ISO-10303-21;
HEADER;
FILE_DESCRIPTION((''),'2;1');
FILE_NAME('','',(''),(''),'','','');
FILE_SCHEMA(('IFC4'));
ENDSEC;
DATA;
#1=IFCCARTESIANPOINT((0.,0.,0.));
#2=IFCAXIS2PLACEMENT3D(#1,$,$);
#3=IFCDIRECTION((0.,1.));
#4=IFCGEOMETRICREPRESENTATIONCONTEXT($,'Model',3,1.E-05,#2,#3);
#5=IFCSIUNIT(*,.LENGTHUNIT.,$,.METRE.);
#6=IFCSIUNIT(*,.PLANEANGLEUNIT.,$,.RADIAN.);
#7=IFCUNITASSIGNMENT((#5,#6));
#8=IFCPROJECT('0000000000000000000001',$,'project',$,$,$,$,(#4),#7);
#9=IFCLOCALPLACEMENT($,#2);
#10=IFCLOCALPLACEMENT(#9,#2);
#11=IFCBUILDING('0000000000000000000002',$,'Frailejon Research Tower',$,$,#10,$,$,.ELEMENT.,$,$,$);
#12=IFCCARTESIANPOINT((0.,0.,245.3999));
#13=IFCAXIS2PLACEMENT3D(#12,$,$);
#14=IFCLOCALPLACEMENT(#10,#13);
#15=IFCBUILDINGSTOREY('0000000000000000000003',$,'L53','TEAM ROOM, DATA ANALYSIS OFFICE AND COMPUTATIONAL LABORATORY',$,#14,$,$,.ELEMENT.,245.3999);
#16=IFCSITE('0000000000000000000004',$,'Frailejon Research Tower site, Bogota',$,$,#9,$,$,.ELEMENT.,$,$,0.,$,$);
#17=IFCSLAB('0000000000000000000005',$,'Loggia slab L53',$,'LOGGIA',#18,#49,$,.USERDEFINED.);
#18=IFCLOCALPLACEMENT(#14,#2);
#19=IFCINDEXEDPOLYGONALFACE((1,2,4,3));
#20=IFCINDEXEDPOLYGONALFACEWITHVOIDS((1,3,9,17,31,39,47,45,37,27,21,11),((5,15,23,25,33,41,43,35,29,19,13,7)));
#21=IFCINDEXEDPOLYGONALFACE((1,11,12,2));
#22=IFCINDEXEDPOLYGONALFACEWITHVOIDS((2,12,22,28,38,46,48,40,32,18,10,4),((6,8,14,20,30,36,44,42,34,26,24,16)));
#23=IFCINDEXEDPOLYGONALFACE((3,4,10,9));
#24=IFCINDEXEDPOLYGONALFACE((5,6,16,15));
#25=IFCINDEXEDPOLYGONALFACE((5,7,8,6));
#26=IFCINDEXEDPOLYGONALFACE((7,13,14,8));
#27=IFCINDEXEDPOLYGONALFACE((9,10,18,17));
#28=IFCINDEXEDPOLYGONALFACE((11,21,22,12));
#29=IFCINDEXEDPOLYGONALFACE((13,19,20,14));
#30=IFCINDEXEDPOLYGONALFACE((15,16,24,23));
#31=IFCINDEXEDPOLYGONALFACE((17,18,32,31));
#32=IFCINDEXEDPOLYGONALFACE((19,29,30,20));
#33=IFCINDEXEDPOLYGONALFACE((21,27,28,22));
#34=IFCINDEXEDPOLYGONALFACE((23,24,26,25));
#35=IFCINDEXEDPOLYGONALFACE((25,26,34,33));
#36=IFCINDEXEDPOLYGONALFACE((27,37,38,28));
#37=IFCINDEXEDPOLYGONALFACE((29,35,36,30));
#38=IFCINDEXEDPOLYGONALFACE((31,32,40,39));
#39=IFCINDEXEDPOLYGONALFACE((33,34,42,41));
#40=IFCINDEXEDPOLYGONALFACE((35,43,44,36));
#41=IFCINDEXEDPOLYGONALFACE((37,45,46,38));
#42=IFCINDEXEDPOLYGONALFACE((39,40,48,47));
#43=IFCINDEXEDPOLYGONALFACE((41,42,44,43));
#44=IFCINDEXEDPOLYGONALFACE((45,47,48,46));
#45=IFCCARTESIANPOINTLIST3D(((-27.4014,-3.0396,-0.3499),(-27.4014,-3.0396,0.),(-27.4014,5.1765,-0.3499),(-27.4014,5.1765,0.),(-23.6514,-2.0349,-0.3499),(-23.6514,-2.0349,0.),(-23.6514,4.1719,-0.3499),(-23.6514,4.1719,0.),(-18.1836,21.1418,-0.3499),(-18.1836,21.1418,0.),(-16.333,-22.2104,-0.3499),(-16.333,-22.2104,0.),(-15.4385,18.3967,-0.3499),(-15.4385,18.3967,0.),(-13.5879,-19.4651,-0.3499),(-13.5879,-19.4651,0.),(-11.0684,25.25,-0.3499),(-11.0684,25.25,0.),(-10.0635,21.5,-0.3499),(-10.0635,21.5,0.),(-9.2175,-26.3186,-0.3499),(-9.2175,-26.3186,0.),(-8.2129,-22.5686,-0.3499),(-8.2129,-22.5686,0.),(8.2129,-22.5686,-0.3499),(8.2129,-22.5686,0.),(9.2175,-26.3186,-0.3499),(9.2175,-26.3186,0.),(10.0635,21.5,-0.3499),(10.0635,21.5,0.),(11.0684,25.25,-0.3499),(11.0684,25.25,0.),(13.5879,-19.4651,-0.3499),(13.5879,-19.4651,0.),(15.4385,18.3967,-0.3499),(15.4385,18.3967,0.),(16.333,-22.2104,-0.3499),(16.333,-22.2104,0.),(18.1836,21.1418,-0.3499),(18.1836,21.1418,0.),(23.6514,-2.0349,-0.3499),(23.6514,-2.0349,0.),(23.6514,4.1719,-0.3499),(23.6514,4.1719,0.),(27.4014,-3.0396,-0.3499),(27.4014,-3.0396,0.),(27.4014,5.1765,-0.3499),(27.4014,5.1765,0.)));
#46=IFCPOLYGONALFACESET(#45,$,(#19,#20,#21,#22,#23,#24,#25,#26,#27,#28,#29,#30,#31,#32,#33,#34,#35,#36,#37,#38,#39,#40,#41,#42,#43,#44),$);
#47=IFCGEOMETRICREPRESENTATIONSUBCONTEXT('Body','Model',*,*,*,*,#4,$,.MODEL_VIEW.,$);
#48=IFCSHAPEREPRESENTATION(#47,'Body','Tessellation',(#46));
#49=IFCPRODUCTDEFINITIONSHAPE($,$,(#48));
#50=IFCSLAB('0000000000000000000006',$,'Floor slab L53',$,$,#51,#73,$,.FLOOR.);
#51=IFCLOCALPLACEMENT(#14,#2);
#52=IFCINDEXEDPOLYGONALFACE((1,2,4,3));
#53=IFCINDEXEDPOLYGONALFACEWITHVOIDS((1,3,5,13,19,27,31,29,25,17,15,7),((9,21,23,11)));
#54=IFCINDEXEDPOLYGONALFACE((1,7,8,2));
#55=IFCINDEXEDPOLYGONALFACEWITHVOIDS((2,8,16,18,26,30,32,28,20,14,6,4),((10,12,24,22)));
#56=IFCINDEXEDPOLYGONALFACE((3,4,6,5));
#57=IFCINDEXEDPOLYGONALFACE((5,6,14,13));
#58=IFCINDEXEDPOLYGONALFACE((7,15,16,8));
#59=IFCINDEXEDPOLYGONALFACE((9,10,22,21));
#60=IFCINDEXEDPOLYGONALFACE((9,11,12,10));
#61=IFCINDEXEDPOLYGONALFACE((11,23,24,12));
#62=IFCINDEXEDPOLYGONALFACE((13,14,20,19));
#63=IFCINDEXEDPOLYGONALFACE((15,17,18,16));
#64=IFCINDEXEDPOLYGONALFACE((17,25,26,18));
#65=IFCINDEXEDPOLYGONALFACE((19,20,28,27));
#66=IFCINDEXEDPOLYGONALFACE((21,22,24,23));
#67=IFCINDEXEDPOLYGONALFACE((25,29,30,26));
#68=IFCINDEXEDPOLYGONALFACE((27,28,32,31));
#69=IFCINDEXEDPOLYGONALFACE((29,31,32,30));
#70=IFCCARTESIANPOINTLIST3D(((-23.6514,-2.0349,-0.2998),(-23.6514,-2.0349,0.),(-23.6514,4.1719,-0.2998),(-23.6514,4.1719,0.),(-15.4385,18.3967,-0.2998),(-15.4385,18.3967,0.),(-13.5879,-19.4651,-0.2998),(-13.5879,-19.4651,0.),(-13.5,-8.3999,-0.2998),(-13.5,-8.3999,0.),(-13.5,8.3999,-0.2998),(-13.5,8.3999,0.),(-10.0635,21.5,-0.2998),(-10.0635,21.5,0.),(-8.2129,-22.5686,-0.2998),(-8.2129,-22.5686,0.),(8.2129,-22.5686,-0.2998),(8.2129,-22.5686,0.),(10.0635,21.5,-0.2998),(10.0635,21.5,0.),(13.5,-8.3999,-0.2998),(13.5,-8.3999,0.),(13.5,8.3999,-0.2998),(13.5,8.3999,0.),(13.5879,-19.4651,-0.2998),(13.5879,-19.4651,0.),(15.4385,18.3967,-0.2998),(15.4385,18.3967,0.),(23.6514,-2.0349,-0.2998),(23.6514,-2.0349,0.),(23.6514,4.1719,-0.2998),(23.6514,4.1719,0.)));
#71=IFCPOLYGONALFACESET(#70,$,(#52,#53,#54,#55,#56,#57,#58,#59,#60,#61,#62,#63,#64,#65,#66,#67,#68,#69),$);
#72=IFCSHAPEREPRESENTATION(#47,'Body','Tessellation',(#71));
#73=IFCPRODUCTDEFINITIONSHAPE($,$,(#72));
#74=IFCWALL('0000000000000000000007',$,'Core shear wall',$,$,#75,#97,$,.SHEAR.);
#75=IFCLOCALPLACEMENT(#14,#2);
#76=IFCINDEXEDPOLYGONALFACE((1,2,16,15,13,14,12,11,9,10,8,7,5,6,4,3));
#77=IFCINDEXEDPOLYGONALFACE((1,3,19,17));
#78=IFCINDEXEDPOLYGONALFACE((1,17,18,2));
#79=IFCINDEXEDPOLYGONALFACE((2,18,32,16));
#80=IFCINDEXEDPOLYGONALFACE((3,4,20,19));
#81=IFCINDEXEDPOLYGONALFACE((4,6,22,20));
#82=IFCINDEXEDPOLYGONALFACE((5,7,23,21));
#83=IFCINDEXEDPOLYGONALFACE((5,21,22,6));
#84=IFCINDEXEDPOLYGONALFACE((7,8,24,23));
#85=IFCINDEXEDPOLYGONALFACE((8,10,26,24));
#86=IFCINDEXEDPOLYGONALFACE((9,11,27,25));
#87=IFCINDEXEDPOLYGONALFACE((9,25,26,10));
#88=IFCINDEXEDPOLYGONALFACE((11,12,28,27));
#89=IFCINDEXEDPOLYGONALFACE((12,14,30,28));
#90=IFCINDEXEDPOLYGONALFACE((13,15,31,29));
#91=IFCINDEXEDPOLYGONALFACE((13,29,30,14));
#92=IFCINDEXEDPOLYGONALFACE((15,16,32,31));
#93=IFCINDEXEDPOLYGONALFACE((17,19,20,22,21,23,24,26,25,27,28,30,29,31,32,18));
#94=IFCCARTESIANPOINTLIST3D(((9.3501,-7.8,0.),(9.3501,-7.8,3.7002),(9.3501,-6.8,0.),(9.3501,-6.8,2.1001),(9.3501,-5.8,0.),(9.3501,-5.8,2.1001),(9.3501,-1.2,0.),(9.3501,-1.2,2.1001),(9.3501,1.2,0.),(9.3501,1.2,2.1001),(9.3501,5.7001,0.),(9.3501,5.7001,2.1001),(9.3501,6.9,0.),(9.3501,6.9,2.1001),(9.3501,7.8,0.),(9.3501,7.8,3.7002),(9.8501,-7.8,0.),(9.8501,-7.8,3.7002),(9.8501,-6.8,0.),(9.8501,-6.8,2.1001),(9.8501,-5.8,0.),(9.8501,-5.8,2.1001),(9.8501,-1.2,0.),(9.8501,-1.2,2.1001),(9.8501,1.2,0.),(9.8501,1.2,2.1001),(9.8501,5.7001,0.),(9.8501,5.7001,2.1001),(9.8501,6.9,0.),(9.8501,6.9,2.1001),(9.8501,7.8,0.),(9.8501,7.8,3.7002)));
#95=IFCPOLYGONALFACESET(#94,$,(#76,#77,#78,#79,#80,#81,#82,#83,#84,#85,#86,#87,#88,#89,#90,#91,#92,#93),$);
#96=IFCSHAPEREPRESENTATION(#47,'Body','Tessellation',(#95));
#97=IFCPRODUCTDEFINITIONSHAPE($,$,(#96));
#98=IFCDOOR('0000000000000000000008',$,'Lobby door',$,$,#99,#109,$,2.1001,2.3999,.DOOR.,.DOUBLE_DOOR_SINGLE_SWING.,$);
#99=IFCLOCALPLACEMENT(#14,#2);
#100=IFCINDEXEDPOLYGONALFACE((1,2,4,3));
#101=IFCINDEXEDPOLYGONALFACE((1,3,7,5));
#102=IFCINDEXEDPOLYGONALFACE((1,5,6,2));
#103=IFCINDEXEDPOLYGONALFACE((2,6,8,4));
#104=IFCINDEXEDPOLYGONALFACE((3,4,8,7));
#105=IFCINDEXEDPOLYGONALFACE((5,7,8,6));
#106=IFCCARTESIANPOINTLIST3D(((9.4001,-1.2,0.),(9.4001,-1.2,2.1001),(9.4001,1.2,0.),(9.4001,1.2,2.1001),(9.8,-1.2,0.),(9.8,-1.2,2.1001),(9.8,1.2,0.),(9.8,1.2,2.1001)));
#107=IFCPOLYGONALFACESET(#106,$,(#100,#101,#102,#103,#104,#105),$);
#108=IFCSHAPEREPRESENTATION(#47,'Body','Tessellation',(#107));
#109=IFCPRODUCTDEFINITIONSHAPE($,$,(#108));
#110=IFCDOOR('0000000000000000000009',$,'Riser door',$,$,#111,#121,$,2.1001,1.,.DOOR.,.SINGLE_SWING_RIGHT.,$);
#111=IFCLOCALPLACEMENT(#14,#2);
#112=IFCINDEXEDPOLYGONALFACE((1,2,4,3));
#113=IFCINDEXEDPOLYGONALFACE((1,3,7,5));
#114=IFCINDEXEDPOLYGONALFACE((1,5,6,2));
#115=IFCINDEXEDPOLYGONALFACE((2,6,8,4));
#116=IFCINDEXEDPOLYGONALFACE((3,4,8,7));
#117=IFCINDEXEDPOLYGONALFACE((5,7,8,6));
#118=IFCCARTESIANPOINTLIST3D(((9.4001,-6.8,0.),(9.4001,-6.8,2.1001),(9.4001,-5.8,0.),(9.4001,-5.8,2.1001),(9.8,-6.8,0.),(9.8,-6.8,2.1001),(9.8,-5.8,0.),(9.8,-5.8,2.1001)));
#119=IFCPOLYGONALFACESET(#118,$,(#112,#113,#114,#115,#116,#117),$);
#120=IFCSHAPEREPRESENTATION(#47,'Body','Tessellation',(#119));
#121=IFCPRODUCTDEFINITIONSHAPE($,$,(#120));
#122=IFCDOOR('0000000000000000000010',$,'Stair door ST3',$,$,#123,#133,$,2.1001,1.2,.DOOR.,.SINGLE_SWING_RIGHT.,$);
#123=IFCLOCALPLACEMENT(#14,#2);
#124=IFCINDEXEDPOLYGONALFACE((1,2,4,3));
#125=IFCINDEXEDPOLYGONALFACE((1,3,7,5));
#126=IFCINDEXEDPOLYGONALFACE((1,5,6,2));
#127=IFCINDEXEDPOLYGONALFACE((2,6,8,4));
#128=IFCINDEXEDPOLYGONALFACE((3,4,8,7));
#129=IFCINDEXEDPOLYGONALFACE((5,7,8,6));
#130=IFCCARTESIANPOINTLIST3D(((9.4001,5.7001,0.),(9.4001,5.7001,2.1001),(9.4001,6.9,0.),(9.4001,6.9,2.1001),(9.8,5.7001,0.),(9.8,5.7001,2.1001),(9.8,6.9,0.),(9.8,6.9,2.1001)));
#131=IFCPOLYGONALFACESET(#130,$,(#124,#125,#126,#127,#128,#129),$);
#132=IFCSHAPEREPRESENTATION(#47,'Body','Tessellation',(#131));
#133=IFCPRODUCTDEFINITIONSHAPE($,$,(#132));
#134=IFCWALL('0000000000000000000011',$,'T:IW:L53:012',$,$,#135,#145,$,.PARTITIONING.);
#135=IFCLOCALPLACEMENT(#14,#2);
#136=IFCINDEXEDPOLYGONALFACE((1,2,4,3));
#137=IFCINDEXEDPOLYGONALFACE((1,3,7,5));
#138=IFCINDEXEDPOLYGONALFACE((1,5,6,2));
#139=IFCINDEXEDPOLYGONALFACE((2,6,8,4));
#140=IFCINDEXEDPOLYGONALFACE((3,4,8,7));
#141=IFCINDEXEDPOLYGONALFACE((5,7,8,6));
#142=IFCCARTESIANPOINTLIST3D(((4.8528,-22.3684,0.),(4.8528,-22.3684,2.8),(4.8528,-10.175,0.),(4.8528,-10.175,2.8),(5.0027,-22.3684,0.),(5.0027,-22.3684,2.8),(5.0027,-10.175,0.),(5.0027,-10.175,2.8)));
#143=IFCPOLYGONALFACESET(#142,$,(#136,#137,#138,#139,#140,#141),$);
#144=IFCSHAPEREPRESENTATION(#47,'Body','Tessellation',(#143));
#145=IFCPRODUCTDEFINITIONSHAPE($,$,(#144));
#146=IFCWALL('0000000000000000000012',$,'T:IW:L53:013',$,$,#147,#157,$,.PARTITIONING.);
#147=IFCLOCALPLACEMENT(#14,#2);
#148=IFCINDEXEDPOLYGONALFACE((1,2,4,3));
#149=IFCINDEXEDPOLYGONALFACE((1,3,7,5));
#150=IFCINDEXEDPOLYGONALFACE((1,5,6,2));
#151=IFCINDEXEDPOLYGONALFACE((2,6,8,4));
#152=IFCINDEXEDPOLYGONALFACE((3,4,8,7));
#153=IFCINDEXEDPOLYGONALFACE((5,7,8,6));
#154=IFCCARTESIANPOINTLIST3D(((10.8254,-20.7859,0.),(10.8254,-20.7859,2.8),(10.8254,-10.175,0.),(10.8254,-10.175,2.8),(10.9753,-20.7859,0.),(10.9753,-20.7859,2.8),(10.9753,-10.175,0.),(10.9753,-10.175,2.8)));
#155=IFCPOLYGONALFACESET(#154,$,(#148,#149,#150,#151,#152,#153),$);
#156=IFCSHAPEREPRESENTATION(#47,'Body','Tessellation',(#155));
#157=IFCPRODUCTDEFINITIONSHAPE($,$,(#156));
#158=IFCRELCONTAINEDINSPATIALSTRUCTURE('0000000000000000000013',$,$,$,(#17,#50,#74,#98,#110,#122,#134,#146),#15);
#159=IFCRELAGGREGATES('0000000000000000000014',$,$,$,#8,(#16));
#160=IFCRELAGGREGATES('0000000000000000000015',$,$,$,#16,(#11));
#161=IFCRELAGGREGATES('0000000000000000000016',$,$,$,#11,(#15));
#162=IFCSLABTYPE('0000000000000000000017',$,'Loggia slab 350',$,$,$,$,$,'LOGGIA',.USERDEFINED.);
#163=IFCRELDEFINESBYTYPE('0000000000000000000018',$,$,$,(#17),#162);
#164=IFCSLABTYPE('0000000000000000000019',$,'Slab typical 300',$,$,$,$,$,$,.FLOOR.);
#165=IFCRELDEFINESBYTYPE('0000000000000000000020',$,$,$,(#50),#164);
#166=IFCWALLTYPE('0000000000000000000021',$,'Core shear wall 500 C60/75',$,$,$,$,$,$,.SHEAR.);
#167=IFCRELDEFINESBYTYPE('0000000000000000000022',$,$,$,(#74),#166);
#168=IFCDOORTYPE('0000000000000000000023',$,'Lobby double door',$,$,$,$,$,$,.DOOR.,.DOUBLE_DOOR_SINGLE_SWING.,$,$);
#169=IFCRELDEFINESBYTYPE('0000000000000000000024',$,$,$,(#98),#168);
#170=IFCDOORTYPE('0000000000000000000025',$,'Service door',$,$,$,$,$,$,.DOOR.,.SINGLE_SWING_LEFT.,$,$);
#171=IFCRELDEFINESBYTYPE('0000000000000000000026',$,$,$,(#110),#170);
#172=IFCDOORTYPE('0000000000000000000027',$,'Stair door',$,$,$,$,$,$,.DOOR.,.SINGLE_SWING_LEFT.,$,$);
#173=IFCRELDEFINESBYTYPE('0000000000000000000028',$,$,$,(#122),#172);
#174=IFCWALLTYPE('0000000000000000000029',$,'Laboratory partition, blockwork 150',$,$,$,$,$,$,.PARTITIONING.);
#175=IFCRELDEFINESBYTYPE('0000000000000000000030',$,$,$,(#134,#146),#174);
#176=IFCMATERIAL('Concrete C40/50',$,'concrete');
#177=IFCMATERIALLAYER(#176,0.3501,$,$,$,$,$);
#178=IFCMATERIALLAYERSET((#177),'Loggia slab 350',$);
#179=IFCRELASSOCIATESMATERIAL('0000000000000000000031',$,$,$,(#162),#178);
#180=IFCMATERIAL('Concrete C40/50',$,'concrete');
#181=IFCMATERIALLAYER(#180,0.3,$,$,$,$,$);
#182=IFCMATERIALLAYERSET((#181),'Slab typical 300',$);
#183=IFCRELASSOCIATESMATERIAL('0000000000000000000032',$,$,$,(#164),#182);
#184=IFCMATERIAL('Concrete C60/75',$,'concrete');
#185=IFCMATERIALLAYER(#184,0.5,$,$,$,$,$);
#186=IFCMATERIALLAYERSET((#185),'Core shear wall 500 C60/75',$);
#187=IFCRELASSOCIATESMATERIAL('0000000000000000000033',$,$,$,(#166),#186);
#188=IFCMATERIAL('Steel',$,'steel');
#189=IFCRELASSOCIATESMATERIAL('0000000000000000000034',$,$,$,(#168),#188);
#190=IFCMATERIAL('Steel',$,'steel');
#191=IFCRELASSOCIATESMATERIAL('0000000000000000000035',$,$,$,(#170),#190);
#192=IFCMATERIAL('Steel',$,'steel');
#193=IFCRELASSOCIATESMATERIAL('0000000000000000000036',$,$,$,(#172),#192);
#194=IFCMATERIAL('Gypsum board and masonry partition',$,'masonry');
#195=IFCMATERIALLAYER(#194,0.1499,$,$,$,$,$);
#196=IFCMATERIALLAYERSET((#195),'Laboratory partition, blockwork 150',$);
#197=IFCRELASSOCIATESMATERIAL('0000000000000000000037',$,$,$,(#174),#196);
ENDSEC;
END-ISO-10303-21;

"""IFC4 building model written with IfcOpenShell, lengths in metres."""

from ifc_helpers import new_model, si_unit, direction, frame, frame_2d, origin, place, context, subcontext, project, spatial, polyline, rectangle, outline, extrude, material, layer, layer_set, type_object, element, fill, save


model = new_model("IFC4")

# Units and contexts
model_context = context("Model", 3, precision=1e-05, world=origin(), true_north=direction((0.0, 1.0)))
body_context = subcontext(model_context, "Body", "Model", "MODEL_VIEW")
ifc_project = project(units=[si_unit("LENGTHUNIT", "METRE"), si_unit("PLANEANGLEUNIT", "RADIAN")], contexts=[model_context])

# Site, building, storey
site_placement = place(None, origin())
site = spatial("IfcSite", under=ifc_project, at=site_placement, Name="Frailejon Research Tower site, Bogota", CompositionType="ELEMENT", RefElevation=0.0)
building_placement = place(site_placement, origin())
building = spatial("IfcBuilding", under=site, at=building_placement, Name="Frailejon Research Tower", CompositionType="ELEMENT")
storey_placement = place(building_placement, frame((0.0, 0.0, 245.3999)))
storey = spatial("IfcBuildingStorey", under=building, at=storey_placement, Name="L53", Description="TEAM ROOM, DATA ANALYSIS OFFICE AND COMPUTATIONAL LABORATORY", CompositionType="ELEMENT", Elevation=245.3999)

# Slabs
ifc_material_1 = material(Name="Concrete C40/50", Category="concrete")
ifc_layer_1 = layer(ifc_material_1, 0.3501)
ifc_layer_set_1 = layer_set([ifc_layer_1], Name="Loggia slab 350")
slab_type_1 = type_object("IfcSlabType", Name="Loggia slab 350", ElementType="LOGGIA", PredefinedType="USERDEFINED", material=ifc_layer_set_1)
slab_1_placement = place(storey_placement, frame((0.0, 0.0, -0.3499)))
element("IfcSlab", 1, at=slab_1_placement, inside=storey, type_object=slab_type_1, Name="Loggia slab L53", ObjectType="LOGGIA", PredefinedType="USERDEFINED", context=body_context, shape_type="SweptSolid", body=[
    extrude(outline(polyline([(16.333, -22.2104), (9.2175, -26.3186), (-9.2175, -26.3186), (-16.333, -22.2104), (-27.4014, -3.0396), (-27.4014, 5.1765), (-18.1836, 21.1418), (-11.0684, 25.25), (11.0684, 25.25), (18.1836, 21.1418), (27.4014, 5.1765), (27.4014, -3.0396), (16.333, -22.2104)]), holes=[polyline([(23.6514, 4.1719), (15.4385, 18.3967), (10.0635, 21.5), (-10.0635, 21.5), (-15.4385, 18.3967), (-23.6514, 4.1719), (-23.6514, -2.0349), (-13.5879, -19.4651), (-8.2129, -22.5686), (8.2129, -22.5686), (13.5879, -19.4651), (23.6514, -2.0349), (23.6514, 4.1719)])]), origin(), (0.0, 0.0, 1.0), 0.3499),
])
ifc_material_2 = material(Name="Concrete C40/50", Category="concrete")
ifc_layer_2 = layer(ifc_material_2, 0.3)
ifc_layer_set_2 = layer_set([ifc_layer_2], Name="Slab typical 300")
slab_type_2 = type_object("IfcSlabType", Name="Slab typical 300", PredefinedType="FLOOR", material=ifc_layer_set_2)
slab_2_placement = place(storey_placement, frame((0.0, 0.0, -0.2998)))
element("IfcSlab", 2, at=slab_2_placement, inside=storey, type_object=slab_type_2, Name="Floor slab L53", PredefinedType="FLOOR", context=body_context, shape_type="SweptSolid", body=[
    extrude(outline(polyline([(23.6514, -2.0349), (23.6514, 4.1719), (15.4385, 18.3967), (10.0635, 21.5), (-10.0635, 21.5), (-15.4385, 18.3967), (-23.6514, 4.1719), (-23.6514, -2.0349), (-13.5879, -19.4651), (-8.2129, -22.5686), (8.2129, -22.5686), (13.5879, -19.4651), (23.6514, -2.0349)]), holes=[polyline([(13.5, -8.3999), (-13.5, -8.3999), (-13.5, 8.3999), (13.5, 8.3999), (13.5, -8.3999)])]), origin(), (0.0, 0.0, 1.0), 0.2998),
])

# Wall, openings, doors
ifc_material_3 = material(Name="Concrete C60/75", Category="concrete")
ifc_layer_3 = layer(ifc_material_3, 0.5)
ifc_layer_set_3 = layer_set([ifc_layer_3], Name="Core shear wall 500 C60/75")
wall_type_1 = type_object("IfcWallType", Name="Core shear wall 500 C60/75", PredefinedType="SHEAR", material=ifc_layer_set_3)
wall_1_placement = place(storey_placement, frame((9.6001, -7.8, 0.0), z_axis=(0.0, 0.0, 1.0), x_axis=(0.0, 1.0, 0.0)))
wall_1 = element("IfcWall", 3, at=wall_1_placement, inside=storey, type_object=wall_type_1, Name="Core shear wall", PredefinedType="SHEAR", context=body_context, shape_type="SweptSolid", body=[
    extrude(rectangle(XDim=15.6001, YDim=0.5, at=frame_2d((7.8, 0.0))), origin(), (0.0, 0.0, 1.0), 3.7002),
])
opening_1_placement = place(wall_1_placement, frame((6.6001, 0.0, 0.0)))
opening_1 = element("IfcOpeningElement", 4, at=opening_1_placement, cuts=wall_1, PredefinedType="OPENING", context=body_context, shape_type="SweptSolid", body=[
    extrude(rectangle(XDim=2.3999, YDim=2.1001, at=frame_2d((1.2, 1.05))), frame((0.0, 0.26, 0.0), z_axis=(0.0, -1.0, 0.0), x_axis=(1.0, 0.0, 0.0)), (0.0, 0.0, 1.0), 0.52),
])
opening_2_placement = place(wall_1_placement, frame((13.5, 0.0, 0.0)))
opening_2 = element("IfcOpeningElement", 5, at=opening_2_placement, cuts=wall_1, PredefinedType="OPENING", context=body_context, shape_type="SweptSolid", body=[
    extrude(rectangle(XDim=1.2, YDim=2.1001, at=frame_2d((0.6001, 1.05))), frame((0.0, 0.26, 0.0), z_axis=(0.0, -1.0, 0.0), x_axis=(1.0, 0.0, 0.0)), (0.0, 0.0, 1.0), 0.52),
])
opening_3_placement = place(wall_1_placement, frame((1.0, 0.0, 0.0)))
opening_3 = element("IfcOpeningElement", 6, at=opening_3_placement, cuts=wall_1, PredefinedType="OPENING", context=body_context, shape_type="SweptSolid", body=[
    extrude(rectangle(XDim=1.0, YDim=2.1001, at=frame_2d((0.5, 1.05))), frame((0.0, 0.26, 0.0), z_axis=(0.0, -1.0, 0.0), x_axis=(1.0, 0.0, 0.0)), (0.0, 0.0, 1.0), 0.52),
])
ifc_material_4 = material(Name="Steel", Category="steel")
door_type_1 = type_object("IfcDoorType", Name="Lobby double door", OperationType="DOUBLE_DOOR_SINGLE_SWING", PredefinedType="DOOR", material=ifc_material_4)
door_1_placement = place(opening_1_placement, origin())
door_1 = element("IfcDoor", 7, at=door_1_placement, inside=storey, type_object=door_type_1, Name="Lobby door", OperationType="DOUBLE_DOOR_SINGLE_SWING", OverallHeight=2.1001, OverallWidth=2.3999, PredefinedType="DOOR", context=body_context, shape_type="SweptSolid", body=[
    extrude(rectangle(XDim=2.3999, YDim=2.1001, at=frame_2d((1.2, 1.05))), frame((0.0, 0.2, 0.0), z_axis=(0.0, -1.0, 0.0), x_axis=(1.0, 0.0, 0.0)), (0.0, 0.0, 1.0), 0.3999),
])
fill(opening_1, door_1)
ifc_material_5 = material(Name="Steel", Category="steel")
door_type_2 = type_object("IfcDoorType", Name="Service door", OperationType="SINGLE_SWING_LEFT", PredefinedType="DOOR", material=ifc_material_5)
door_2_placement = place(opening_3_placement, origin())
door_2 = element("IfcDoor", 8, at=door_2_placement, inside=storey, type_object=door_type_2, Name="Riser door", OperationType="SINGLE_SWING_RIGHT", OverallHeight=2.1001, OverallWidth=1.0, PredefinedType="DOOR", context=body_context, shape_type="SweptSolid", body=[
    extrude(rectangle(XDim=1.0, YDim=2.1001, at=frame_2d((0.5, 1.05))), frame((0.0, 0.2, 0.0), z_axis=(0.0, -1.0, 0.0), x_axis=(1.0, 0.0, 0.0)), (0.0, 0.0, 1.0), 0.3999),
])
fill(opening_3, door_2)
ifc_material_6 = material(Name="Steel", Category="steel")
door_type_3 = type_object("IfcDoorType", Name="Stair door", OperationType="SINGLE_SWING_LEFT", PredefinedType="DOOR", material=ifc_material_6)
door_3_placement = place(opening_2_placement, origin())
door_3 = element("IfcDoor", 9, at=door_3_placement, inside=storey, type_object=door_type_3, Name="Stair door ST3", OperationType="SINGLE_SWING_RIGHT", OverallHeight=2.1001, OverallWidth=1.2, PredefinedType="DOOR", context=body_context, shape_type="SweptSolid", body=[
    extrude(rectangle(XDim=1.2, YDim=2.1001, at=frame_2d((0.6001, 1.05))), frame((0.0, 0.2, 0.0), z_axis=(0.0, -1.0, 0.0), x_axis=(1.0, 0.0, 0.0)), (0.0, 0.0, 1.0), 0.3999),
])
fill(opening_2, door_3)

# Walls
ifc_material_7 = material(Name="Gypsum board and masonry partition", Category="masonry")
ifc_layer_4 = layer(ifc_material_7, 0.1499)
ifc_layer_set_4 = layer_set([ifc_layer_4], Name="Laboratory partition, blockwork 150")
wall_type_2 = type_object("IfcWallType", Name="Laboratory partition, blockwork 150", PredefinedType="PARTITIONING", material=ifc_layer_set_4)
wall_2_placement = place(storey_placement, frame((4.9277, -22.3684, 0.0), z_axis=(0.0, 0.0, 1.0), x_axis=(0.0, 1.0, 0.0)))
element("IfcWall", 10, at=wall_2_placement, inside=storey, type_object=wall_type_2, Name="T:IW:L53:012", PredefinedType="PARTITIONING", context=body_context, shape_type="SweptSolid", body=[
    extrude(rectangle(XDim=12.1934, YDim=0.1499, at=frame_2d((6.0967, 0.0))), origin(), (0.0, 0.0, 1.0), 2.8),
])
wall_3_placement = place(storey_placement, frame((10.9004, -20.7859, 0.0), z_axis=(0.0, 0.0, 1.0), x_axis=(0.0, 1.0, 0.0)))
element("IfcWall", 11, at=wall_3_placement, inside=storey, type_object=wall_type_2, Name="T:IW:L53:013", PredefinedType="PARTITIONING", context=body_context, shape_type="SweptSolid", body=[
    extrude(rectangle(XDim=10.6108, YDim=0.1499, at=frame_2d((5.3054, 0.0))), origin(), (0.0, 0.0, 1.0), 2.8),
])

save(model, "model.ifc")
